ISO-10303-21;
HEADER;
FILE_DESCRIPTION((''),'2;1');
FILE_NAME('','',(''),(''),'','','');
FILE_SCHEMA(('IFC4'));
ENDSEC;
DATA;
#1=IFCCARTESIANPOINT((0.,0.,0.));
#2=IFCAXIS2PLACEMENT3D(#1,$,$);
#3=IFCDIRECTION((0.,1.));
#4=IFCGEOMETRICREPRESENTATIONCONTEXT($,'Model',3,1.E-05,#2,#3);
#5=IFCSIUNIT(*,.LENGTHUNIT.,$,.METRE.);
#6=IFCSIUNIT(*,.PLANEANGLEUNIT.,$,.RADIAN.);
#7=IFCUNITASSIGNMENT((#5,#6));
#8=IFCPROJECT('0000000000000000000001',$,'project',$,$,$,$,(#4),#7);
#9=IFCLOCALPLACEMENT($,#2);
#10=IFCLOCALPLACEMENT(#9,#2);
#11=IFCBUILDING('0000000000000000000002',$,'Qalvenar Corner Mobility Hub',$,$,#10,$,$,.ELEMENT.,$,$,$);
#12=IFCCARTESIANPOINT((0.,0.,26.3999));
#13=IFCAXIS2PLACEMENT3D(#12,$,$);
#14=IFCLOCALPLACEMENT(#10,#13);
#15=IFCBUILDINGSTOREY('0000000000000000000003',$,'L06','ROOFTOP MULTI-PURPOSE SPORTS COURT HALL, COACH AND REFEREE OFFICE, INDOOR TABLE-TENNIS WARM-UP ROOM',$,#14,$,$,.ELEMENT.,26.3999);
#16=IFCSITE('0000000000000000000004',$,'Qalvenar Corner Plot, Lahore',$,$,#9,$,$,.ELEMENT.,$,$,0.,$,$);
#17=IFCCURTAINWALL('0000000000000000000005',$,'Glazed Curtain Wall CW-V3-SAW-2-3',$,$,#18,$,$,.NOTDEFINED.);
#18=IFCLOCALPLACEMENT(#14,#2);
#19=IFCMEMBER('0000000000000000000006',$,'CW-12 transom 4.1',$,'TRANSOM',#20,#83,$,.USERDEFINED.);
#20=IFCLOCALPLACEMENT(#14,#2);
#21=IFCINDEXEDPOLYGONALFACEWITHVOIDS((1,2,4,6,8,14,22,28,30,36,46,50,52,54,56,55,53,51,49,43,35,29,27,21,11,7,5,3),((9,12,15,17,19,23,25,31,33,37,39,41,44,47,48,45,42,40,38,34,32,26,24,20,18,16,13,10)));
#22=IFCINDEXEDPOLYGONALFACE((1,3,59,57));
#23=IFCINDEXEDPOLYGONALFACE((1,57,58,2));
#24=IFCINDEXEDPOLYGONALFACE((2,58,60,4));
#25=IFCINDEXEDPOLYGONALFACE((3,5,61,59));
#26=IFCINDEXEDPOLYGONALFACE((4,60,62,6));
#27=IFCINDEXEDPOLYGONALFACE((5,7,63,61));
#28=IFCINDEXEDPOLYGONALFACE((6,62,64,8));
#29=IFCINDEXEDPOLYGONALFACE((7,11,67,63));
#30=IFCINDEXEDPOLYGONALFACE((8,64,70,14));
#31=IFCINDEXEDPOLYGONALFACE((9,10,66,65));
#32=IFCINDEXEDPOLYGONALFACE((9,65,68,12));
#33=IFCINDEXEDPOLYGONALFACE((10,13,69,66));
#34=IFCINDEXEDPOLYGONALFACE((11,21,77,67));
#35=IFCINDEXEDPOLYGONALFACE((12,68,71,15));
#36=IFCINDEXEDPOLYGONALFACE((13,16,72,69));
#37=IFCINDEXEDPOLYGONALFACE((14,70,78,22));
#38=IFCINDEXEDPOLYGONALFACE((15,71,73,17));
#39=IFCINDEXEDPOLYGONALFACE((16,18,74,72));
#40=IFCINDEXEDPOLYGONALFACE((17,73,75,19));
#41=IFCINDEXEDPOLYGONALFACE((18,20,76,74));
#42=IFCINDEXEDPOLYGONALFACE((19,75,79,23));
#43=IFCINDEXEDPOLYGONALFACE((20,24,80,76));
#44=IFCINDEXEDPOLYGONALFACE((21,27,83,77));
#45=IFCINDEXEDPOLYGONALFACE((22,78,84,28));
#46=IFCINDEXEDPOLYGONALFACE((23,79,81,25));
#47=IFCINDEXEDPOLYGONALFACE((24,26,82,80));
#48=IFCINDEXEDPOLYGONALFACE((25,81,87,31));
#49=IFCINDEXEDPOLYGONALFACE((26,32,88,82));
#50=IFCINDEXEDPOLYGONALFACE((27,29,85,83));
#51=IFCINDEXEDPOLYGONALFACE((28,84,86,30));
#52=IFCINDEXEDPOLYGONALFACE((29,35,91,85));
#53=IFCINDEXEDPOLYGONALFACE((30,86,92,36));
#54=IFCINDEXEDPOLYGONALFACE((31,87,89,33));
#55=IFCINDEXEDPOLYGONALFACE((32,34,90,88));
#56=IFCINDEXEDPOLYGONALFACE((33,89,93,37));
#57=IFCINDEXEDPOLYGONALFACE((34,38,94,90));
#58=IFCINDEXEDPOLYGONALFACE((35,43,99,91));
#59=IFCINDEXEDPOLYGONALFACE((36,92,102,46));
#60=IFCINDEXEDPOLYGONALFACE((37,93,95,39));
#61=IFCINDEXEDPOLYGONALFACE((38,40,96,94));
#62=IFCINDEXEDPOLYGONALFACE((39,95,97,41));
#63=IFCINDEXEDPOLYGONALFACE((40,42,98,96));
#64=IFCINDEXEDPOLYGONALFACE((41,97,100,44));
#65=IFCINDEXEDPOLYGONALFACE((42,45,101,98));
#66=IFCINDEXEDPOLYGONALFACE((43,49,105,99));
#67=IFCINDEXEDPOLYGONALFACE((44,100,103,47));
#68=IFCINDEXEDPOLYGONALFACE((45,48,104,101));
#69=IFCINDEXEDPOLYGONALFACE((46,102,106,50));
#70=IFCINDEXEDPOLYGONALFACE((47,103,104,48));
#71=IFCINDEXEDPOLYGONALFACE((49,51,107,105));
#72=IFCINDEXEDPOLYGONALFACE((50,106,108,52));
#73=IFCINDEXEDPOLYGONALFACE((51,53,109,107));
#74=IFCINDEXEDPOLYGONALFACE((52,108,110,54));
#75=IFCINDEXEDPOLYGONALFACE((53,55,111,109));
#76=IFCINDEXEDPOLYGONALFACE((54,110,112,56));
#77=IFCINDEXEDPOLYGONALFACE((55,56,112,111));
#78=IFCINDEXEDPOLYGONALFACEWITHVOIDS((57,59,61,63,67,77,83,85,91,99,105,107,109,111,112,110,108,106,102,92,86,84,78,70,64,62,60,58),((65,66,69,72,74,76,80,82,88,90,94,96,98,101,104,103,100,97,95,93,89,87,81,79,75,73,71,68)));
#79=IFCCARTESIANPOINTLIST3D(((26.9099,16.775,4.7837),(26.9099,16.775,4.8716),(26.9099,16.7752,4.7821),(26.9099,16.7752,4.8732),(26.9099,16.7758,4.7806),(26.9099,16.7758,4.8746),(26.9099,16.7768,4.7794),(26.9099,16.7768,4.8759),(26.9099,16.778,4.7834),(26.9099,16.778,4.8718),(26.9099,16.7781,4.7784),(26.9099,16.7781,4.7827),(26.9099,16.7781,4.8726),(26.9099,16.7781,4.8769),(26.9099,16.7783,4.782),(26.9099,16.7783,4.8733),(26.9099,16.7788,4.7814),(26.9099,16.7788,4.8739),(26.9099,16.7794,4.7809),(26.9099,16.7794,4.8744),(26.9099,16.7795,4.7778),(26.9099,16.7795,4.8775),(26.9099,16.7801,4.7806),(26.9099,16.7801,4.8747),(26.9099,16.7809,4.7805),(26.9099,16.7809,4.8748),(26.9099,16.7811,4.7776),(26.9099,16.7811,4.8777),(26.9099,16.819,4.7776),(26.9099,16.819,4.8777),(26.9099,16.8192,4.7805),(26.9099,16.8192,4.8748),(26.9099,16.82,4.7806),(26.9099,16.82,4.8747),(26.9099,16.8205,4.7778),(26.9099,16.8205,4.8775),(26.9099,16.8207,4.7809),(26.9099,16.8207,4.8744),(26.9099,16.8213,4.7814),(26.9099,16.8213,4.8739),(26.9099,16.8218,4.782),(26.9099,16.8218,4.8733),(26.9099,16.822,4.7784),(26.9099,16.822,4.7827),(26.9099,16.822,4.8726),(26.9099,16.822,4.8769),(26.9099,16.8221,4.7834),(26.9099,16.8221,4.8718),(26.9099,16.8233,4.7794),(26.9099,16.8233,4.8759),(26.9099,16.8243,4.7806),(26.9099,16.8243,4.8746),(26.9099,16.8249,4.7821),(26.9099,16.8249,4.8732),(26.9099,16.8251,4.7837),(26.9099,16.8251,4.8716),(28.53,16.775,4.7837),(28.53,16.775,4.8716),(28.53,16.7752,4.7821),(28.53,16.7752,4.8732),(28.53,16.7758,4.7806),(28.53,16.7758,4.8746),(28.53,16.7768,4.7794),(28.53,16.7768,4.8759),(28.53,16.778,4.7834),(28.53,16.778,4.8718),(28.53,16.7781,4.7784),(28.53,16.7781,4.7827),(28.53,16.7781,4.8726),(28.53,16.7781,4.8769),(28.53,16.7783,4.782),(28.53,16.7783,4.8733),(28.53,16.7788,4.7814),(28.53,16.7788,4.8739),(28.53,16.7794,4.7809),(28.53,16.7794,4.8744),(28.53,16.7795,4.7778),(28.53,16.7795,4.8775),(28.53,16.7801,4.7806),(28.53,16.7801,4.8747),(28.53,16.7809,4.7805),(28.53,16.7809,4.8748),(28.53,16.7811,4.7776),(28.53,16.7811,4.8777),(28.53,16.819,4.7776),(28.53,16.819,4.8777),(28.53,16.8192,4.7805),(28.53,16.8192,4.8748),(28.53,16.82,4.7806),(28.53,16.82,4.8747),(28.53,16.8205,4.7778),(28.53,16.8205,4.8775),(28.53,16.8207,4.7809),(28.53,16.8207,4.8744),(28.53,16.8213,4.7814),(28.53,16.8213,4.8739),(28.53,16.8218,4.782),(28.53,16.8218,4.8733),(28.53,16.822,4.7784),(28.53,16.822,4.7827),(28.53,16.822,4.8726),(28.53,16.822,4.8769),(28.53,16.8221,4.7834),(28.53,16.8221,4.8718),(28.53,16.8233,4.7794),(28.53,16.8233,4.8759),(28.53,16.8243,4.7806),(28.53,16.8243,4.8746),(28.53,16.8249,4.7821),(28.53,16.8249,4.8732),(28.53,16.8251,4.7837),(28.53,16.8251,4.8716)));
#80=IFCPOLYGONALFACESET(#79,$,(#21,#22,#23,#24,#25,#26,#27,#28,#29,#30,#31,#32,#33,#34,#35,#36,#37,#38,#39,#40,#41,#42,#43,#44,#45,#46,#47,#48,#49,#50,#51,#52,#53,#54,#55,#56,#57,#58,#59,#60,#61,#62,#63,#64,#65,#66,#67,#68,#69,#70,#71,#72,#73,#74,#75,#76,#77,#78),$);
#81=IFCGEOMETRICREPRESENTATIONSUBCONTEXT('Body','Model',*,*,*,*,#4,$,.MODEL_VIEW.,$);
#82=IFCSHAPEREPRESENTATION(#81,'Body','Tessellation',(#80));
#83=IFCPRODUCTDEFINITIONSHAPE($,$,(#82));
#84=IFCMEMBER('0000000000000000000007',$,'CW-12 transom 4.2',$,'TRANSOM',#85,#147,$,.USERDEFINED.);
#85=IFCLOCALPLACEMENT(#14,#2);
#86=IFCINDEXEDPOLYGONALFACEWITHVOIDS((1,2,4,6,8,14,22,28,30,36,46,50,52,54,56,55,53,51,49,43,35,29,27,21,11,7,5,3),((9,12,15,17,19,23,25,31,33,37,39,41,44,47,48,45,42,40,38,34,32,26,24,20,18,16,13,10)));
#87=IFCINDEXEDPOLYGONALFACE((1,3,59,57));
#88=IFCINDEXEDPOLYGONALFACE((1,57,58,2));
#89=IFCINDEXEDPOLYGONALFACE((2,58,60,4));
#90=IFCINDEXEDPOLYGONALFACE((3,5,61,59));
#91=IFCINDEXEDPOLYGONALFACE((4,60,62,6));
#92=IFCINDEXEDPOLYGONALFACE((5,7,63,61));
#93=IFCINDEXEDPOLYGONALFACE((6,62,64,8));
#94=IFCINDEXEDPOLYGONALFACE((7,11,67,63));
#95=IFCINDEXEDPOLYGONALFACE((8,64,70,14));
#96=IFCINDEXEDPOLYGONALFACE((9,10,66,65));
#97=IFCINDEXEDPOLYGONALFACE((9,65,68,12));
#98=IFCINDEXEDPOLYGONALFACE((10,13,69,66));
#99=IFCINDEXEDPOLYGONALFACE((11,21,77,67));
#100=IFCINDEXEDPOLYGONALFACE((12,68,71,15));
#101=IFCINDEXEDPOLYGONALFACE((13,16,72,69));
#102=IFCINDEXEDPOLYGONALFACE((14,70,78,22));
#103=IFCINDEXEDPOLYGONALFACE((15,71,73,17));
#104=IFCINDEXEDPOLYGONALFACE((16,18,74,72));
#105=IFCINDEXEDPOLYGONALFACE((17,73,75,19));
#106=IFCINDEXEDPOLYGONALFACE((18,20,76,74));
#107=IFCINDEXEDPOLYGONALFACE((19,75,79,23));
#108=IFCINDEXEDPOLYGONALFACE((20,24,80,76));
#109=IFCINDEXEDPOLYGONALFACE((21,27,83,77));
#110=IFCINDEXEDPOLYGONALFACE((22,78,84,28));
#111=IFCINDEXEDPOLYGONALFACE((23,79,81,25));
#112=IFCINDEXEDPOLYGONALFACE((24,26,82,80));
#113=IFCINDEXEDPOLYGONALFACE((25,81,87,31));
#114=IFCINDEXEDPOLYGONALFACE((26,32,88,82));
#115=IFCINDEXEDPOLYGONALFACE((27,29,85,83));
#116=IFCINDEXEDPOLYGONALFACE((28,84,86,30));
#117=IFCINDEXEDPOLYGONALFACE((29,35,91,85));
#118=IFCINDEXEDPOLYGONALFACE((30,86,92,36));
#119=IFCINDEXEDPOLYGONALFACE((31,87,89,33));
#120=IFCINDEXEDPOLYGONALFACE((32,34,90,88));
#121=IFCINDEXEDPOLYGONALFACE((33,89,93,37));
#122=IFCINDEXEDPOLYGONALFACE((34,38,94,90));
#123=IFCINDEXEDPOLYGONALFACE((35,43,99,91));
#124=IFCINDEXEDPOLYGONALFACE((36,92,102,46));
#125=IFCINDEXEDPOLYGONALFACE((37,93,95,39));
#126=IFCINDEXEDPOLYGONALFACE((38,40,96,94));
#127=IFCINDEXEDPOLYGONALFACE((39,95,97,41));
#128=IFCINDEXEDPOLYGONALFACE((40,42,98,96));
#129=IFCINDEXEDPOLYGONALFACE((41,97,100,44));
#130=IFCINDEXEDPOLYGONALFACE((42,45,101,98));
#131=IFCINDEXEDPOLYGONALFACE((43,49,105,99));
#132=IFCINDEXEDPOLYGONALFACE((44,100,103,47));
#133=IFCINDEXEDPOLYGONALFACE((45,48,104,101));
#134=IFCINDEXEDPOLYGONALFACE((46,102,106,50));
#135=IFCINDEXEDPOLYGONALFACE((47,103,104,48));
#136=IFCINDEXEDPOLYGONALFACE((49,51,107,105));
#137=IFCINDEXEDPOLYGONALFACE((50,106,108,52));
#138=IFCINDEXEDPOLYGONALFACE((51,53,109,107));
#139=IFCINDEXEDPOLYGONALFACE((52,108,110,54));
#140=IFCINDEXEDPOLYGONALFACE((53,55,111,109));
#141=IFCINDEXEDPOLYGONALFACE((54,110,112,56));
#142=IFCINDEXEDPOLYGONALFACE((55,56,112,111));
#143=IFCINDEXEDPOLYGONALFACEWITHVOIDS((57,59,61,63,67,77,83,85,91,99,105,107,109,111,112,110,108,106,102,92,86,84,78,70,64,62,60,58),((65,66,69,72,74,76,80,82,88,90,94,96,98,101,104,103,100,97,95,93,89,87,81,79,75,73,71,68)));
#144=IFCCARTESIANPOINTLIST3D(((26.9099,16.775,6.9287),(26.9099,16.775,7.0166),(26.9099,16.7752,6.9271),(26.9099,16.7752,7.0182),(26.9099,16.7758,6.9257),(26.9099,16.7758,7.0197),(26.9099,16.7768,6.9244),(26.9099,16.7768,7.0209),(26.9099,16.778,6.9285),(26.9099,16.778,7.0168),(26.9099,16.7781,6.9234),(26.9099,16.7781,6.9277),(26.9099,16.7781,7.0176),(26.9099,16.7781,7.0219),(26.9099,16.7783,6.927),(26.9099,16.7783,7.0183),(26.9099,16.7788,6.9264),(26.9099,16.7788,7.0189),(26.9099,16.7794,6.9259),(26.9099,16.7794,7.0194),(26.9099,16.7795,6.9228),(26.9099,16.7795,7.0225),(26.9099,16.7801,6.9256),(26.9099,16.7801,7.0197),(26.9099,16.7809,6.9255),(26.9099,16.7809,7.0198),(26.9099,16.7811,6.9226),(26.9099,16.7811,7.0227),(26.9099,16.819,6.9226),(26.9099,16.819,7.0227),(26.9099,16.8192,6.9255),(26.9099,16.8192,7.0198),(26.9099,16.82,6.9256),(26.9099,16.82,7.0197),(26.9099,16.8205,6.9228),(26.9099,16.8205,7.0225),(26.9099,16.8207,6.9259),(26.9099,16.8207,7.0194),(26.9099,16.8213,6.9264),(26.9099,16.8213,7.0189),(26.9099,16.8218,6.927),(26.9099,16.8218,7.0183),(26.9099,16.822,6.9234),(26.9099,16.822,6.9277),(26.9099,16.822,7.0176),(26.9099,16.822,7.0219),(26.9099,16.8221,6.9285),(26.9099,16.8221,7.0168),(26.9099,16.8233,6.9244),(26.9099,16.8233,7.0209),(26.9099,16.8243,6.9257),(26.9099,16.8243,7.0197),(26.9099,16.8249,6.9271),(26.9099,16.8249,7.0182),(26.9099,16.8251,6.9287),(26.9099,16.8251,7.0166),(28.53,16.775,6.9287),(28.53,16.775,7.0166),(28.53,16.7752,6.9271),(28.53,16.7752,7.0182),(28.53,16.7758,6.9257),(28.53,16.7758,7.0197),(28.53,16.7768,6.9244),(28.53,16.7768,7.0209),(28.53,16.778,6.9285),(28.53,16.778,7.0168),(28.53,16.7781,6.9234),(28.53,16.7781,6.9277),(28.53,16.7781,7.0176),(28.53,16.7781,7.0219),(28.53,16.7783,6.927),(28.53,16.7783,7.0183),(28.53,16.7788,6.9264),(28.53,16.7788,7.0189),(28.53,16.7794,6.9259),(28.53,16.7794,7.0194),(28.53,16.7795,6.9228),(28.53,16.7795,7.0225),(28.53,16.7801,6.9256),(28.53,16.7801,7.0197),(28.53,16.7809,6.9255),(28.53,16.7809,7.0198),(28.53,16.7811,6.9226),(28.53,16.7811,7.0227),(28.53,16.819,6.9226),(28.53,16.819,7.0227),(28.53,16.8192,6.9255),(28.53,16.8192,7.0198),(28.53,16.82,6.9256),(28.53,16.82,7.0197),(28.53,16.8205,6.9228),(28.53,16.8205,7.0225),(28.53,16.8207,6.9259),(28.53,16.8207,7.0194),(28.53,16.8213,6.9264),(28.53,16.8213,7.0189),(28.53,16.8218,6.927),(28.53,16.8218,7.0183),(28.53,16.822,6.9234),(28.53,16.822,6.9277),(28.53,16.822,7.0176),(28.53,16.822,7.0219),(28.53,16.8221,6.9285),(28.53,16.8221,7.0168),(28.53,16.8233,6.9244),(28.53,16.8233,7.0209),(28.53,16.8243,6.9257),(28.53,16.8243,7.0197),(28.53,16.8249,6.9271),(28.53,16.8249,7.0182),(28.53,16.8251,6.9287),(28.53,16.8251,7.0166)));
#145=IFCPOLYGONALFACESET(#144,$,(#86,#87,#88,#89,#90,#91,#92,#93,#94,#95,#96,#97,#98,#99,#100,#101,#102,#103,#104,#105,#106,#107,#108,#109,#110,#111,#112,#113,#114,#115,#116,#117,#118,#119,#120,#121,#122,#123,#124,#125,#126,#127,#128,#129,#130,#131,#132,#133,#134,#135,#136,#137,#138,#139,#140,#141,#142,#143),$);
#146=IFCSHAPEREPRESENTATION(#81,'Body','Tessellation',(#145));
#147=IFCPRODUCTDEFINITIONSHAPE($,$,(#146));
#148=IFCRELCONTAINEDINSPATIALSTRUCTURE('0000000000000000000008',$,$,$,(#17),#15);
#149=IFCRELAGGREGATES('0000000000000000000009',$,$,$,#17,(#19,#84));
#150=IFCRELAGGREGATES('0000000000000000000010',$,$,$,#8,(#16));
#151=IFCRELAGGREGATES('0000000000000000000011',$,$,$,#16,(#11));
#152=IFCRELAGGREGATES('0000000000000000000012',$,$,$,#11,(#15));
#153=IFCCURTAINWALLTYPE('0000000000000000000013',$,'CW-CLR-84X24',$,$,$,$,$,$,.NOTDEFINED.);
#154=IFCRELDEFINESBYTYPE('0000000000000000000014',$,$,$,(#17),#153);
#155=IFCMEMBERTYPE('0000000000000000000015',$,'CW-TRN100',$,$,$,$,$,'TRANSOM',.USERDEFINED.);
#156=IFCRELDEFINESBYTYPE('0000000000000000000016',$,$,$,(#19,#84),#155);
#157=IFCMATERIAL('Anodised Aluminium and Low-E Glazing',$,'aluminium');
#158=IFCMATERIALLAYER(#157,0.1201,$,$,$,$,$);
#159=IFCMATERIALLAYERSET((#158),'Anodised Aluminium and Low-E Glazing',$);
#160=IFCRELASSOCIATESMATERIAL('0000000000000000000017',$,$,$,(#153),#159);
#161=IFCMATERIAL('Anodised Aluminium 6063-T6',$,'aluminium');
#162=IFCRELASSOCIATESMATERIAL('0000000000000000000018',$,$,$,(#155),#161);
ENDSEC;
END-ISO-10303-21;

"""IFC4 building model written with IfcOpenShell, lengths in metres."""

from ifc_helpers import new_model, si_unit, direction, frame, origin, origin_2d, place, context, subcontext, project, spatial, hollow_rectangle, extrude, material, layer, layer_set, material_profile, profile_set, type_object, element, aggregate, save


model = new_model("IFC4")

# Units and contexts
model_context = context("Model", 3, precision=1e-05, world=origin(), true_north=direction((0.0, 1.0)))
body_context = subcontext(model_context, "Body", "Model", "MODEL_VIEW")
ifc_project = project(units=[si_unit("LENGTHUNIT", "METRE"), si_unit("PLANEANGLEUNIT", "RADIAN")], contexts=[model_context])

# Site, building, storey
site_placement = place(None, origin())
site = spatial("IfcSite", under=ifc_project, at=site_placement, Name="Qalvenar Corner Plot, Lahore", CompositionType="ELEMENT", RefElevation=0.0)
building_placement = place(site_placement, origin())
building = spatial("IfcBuilding", under=site, at=building_placement, Name="Qalvenar Corner Mobility Hub", CompositionType="ELEMENT")
storey_placement = place(building_placement, frame((0.0, 0.0, 26.3999)))
storey = spatial("IfcBuildingStorey", under=building, at=storey_placement, Name="L06", Description="ROOFTOP MULTI-PURPOSE SPORTS COURT HALL, COACH AND REFEREE OFFICE, INDOOR TABLE-TENNIS WARM-UP ROOM", CompositionType="ELEMENT", Elevation=26.3999)

# Curtain wall
ifc_material_1 = material(Name="Anodised Aluminium and Low-E Glazing", Category="aluminium")
ifc_layer_1 = layer(ifc_material_1, 0.1201)
ifc_layer_set_1 = layer_set([ifc_layer_1], Name="Anodised Aluminium and Low-E Glazing")
curtain_wall_type = type_object("IfcCurtainWallType", Name="CW-CLR-84X24", PredefinedType="NOTDEFINED", material=ifc_layer_set_1)
ifc_material_2 = material(Name="Anodised Aluminium 6063-T6", Category="aluminium")
curtain_wall_1_placement = place(storey_placement, origin())
curtain_wall_1 = element("IfcCurtainWall", 1, at=curtain_wall_1_placement, inside=storey, type_object=curtain_wall_type, Name="Glazed Curtain Wall CW-V3-SAW-2-3", PredefinedType="NOTDEFINED")

# Shared definitions
ifc_material_profile_1 = material_profile(ifc_material_2, hollow_rectangle(XDim=0.05, YDim=0.1001, WallThickness=0.0029, InnerFilletRadius=0.0029, OuterFilletRadius=0.0061, at=origin_2d()), Name="RHS100x50x3")
ifc_profile_set_1 = profile_set([ifc_material_profile_1], Name="Anodised Aluminium 6063-T6")
member_type_1 = type_object("IfcMemberType", Name="CW-TRN100", ElementType="TRANSOM", PredefinedType="USERDEFINED", material=ifc_profile_set_1)

# Members
member_1_placement = place(storey_placement, frame((28.53, 16.8, 4.8276), z_axis=(-1.0, 0.0, 0.0), x_axis=(0.0, -1.0, 0.0)))
member_1 = element("IfcMember", 2, at=member_1_placement, type_object=member_type_1, Name="CW-12 transom 4.1", ObjectType="TRANSOM", PredefinedType="USERDEFINED", context=body_context, shape_type="SweptSolid", body=[
    extrude(hollow_rectangle(XDim=0.05, YDim=0.1001, WallThickness=0.0029, InnerFilletRadius=0.0029, OuterFilletRadius=0.0061, at=origin_2d()), origin(), (0.0, 0.0, 1.0), 1.6201),
])
member_2_placement = place(storey_placement, frame((28.53, 16.8, 6.9727), z_axis=(-1.0, 0.0, 0.0), x_axis=(0.0, -1.0, 0.0)))
member_2 = element("IfcMember", 3, at=member_2_placement, type_object=member_type_1, Name="CW-12 transom 4.2", ObjectType="TRANSOM", PredefinedType="USERDEFINED", context=body_context, shape_type="SweptSolid", body=[
    extrude(hollow_rectangle(XDim=0.05, YDim=0.1001, WallThickness=0.0029, InnerFilletRadius=0.0029, OuterFilletRadius=0.0061, at=origin_2d()), origin(), (0.0, 0.0, 1.0), 1.6201),
])

aggregate(curtain_wall_1, [member_1, member_2])

save(model, "model.ifc")
